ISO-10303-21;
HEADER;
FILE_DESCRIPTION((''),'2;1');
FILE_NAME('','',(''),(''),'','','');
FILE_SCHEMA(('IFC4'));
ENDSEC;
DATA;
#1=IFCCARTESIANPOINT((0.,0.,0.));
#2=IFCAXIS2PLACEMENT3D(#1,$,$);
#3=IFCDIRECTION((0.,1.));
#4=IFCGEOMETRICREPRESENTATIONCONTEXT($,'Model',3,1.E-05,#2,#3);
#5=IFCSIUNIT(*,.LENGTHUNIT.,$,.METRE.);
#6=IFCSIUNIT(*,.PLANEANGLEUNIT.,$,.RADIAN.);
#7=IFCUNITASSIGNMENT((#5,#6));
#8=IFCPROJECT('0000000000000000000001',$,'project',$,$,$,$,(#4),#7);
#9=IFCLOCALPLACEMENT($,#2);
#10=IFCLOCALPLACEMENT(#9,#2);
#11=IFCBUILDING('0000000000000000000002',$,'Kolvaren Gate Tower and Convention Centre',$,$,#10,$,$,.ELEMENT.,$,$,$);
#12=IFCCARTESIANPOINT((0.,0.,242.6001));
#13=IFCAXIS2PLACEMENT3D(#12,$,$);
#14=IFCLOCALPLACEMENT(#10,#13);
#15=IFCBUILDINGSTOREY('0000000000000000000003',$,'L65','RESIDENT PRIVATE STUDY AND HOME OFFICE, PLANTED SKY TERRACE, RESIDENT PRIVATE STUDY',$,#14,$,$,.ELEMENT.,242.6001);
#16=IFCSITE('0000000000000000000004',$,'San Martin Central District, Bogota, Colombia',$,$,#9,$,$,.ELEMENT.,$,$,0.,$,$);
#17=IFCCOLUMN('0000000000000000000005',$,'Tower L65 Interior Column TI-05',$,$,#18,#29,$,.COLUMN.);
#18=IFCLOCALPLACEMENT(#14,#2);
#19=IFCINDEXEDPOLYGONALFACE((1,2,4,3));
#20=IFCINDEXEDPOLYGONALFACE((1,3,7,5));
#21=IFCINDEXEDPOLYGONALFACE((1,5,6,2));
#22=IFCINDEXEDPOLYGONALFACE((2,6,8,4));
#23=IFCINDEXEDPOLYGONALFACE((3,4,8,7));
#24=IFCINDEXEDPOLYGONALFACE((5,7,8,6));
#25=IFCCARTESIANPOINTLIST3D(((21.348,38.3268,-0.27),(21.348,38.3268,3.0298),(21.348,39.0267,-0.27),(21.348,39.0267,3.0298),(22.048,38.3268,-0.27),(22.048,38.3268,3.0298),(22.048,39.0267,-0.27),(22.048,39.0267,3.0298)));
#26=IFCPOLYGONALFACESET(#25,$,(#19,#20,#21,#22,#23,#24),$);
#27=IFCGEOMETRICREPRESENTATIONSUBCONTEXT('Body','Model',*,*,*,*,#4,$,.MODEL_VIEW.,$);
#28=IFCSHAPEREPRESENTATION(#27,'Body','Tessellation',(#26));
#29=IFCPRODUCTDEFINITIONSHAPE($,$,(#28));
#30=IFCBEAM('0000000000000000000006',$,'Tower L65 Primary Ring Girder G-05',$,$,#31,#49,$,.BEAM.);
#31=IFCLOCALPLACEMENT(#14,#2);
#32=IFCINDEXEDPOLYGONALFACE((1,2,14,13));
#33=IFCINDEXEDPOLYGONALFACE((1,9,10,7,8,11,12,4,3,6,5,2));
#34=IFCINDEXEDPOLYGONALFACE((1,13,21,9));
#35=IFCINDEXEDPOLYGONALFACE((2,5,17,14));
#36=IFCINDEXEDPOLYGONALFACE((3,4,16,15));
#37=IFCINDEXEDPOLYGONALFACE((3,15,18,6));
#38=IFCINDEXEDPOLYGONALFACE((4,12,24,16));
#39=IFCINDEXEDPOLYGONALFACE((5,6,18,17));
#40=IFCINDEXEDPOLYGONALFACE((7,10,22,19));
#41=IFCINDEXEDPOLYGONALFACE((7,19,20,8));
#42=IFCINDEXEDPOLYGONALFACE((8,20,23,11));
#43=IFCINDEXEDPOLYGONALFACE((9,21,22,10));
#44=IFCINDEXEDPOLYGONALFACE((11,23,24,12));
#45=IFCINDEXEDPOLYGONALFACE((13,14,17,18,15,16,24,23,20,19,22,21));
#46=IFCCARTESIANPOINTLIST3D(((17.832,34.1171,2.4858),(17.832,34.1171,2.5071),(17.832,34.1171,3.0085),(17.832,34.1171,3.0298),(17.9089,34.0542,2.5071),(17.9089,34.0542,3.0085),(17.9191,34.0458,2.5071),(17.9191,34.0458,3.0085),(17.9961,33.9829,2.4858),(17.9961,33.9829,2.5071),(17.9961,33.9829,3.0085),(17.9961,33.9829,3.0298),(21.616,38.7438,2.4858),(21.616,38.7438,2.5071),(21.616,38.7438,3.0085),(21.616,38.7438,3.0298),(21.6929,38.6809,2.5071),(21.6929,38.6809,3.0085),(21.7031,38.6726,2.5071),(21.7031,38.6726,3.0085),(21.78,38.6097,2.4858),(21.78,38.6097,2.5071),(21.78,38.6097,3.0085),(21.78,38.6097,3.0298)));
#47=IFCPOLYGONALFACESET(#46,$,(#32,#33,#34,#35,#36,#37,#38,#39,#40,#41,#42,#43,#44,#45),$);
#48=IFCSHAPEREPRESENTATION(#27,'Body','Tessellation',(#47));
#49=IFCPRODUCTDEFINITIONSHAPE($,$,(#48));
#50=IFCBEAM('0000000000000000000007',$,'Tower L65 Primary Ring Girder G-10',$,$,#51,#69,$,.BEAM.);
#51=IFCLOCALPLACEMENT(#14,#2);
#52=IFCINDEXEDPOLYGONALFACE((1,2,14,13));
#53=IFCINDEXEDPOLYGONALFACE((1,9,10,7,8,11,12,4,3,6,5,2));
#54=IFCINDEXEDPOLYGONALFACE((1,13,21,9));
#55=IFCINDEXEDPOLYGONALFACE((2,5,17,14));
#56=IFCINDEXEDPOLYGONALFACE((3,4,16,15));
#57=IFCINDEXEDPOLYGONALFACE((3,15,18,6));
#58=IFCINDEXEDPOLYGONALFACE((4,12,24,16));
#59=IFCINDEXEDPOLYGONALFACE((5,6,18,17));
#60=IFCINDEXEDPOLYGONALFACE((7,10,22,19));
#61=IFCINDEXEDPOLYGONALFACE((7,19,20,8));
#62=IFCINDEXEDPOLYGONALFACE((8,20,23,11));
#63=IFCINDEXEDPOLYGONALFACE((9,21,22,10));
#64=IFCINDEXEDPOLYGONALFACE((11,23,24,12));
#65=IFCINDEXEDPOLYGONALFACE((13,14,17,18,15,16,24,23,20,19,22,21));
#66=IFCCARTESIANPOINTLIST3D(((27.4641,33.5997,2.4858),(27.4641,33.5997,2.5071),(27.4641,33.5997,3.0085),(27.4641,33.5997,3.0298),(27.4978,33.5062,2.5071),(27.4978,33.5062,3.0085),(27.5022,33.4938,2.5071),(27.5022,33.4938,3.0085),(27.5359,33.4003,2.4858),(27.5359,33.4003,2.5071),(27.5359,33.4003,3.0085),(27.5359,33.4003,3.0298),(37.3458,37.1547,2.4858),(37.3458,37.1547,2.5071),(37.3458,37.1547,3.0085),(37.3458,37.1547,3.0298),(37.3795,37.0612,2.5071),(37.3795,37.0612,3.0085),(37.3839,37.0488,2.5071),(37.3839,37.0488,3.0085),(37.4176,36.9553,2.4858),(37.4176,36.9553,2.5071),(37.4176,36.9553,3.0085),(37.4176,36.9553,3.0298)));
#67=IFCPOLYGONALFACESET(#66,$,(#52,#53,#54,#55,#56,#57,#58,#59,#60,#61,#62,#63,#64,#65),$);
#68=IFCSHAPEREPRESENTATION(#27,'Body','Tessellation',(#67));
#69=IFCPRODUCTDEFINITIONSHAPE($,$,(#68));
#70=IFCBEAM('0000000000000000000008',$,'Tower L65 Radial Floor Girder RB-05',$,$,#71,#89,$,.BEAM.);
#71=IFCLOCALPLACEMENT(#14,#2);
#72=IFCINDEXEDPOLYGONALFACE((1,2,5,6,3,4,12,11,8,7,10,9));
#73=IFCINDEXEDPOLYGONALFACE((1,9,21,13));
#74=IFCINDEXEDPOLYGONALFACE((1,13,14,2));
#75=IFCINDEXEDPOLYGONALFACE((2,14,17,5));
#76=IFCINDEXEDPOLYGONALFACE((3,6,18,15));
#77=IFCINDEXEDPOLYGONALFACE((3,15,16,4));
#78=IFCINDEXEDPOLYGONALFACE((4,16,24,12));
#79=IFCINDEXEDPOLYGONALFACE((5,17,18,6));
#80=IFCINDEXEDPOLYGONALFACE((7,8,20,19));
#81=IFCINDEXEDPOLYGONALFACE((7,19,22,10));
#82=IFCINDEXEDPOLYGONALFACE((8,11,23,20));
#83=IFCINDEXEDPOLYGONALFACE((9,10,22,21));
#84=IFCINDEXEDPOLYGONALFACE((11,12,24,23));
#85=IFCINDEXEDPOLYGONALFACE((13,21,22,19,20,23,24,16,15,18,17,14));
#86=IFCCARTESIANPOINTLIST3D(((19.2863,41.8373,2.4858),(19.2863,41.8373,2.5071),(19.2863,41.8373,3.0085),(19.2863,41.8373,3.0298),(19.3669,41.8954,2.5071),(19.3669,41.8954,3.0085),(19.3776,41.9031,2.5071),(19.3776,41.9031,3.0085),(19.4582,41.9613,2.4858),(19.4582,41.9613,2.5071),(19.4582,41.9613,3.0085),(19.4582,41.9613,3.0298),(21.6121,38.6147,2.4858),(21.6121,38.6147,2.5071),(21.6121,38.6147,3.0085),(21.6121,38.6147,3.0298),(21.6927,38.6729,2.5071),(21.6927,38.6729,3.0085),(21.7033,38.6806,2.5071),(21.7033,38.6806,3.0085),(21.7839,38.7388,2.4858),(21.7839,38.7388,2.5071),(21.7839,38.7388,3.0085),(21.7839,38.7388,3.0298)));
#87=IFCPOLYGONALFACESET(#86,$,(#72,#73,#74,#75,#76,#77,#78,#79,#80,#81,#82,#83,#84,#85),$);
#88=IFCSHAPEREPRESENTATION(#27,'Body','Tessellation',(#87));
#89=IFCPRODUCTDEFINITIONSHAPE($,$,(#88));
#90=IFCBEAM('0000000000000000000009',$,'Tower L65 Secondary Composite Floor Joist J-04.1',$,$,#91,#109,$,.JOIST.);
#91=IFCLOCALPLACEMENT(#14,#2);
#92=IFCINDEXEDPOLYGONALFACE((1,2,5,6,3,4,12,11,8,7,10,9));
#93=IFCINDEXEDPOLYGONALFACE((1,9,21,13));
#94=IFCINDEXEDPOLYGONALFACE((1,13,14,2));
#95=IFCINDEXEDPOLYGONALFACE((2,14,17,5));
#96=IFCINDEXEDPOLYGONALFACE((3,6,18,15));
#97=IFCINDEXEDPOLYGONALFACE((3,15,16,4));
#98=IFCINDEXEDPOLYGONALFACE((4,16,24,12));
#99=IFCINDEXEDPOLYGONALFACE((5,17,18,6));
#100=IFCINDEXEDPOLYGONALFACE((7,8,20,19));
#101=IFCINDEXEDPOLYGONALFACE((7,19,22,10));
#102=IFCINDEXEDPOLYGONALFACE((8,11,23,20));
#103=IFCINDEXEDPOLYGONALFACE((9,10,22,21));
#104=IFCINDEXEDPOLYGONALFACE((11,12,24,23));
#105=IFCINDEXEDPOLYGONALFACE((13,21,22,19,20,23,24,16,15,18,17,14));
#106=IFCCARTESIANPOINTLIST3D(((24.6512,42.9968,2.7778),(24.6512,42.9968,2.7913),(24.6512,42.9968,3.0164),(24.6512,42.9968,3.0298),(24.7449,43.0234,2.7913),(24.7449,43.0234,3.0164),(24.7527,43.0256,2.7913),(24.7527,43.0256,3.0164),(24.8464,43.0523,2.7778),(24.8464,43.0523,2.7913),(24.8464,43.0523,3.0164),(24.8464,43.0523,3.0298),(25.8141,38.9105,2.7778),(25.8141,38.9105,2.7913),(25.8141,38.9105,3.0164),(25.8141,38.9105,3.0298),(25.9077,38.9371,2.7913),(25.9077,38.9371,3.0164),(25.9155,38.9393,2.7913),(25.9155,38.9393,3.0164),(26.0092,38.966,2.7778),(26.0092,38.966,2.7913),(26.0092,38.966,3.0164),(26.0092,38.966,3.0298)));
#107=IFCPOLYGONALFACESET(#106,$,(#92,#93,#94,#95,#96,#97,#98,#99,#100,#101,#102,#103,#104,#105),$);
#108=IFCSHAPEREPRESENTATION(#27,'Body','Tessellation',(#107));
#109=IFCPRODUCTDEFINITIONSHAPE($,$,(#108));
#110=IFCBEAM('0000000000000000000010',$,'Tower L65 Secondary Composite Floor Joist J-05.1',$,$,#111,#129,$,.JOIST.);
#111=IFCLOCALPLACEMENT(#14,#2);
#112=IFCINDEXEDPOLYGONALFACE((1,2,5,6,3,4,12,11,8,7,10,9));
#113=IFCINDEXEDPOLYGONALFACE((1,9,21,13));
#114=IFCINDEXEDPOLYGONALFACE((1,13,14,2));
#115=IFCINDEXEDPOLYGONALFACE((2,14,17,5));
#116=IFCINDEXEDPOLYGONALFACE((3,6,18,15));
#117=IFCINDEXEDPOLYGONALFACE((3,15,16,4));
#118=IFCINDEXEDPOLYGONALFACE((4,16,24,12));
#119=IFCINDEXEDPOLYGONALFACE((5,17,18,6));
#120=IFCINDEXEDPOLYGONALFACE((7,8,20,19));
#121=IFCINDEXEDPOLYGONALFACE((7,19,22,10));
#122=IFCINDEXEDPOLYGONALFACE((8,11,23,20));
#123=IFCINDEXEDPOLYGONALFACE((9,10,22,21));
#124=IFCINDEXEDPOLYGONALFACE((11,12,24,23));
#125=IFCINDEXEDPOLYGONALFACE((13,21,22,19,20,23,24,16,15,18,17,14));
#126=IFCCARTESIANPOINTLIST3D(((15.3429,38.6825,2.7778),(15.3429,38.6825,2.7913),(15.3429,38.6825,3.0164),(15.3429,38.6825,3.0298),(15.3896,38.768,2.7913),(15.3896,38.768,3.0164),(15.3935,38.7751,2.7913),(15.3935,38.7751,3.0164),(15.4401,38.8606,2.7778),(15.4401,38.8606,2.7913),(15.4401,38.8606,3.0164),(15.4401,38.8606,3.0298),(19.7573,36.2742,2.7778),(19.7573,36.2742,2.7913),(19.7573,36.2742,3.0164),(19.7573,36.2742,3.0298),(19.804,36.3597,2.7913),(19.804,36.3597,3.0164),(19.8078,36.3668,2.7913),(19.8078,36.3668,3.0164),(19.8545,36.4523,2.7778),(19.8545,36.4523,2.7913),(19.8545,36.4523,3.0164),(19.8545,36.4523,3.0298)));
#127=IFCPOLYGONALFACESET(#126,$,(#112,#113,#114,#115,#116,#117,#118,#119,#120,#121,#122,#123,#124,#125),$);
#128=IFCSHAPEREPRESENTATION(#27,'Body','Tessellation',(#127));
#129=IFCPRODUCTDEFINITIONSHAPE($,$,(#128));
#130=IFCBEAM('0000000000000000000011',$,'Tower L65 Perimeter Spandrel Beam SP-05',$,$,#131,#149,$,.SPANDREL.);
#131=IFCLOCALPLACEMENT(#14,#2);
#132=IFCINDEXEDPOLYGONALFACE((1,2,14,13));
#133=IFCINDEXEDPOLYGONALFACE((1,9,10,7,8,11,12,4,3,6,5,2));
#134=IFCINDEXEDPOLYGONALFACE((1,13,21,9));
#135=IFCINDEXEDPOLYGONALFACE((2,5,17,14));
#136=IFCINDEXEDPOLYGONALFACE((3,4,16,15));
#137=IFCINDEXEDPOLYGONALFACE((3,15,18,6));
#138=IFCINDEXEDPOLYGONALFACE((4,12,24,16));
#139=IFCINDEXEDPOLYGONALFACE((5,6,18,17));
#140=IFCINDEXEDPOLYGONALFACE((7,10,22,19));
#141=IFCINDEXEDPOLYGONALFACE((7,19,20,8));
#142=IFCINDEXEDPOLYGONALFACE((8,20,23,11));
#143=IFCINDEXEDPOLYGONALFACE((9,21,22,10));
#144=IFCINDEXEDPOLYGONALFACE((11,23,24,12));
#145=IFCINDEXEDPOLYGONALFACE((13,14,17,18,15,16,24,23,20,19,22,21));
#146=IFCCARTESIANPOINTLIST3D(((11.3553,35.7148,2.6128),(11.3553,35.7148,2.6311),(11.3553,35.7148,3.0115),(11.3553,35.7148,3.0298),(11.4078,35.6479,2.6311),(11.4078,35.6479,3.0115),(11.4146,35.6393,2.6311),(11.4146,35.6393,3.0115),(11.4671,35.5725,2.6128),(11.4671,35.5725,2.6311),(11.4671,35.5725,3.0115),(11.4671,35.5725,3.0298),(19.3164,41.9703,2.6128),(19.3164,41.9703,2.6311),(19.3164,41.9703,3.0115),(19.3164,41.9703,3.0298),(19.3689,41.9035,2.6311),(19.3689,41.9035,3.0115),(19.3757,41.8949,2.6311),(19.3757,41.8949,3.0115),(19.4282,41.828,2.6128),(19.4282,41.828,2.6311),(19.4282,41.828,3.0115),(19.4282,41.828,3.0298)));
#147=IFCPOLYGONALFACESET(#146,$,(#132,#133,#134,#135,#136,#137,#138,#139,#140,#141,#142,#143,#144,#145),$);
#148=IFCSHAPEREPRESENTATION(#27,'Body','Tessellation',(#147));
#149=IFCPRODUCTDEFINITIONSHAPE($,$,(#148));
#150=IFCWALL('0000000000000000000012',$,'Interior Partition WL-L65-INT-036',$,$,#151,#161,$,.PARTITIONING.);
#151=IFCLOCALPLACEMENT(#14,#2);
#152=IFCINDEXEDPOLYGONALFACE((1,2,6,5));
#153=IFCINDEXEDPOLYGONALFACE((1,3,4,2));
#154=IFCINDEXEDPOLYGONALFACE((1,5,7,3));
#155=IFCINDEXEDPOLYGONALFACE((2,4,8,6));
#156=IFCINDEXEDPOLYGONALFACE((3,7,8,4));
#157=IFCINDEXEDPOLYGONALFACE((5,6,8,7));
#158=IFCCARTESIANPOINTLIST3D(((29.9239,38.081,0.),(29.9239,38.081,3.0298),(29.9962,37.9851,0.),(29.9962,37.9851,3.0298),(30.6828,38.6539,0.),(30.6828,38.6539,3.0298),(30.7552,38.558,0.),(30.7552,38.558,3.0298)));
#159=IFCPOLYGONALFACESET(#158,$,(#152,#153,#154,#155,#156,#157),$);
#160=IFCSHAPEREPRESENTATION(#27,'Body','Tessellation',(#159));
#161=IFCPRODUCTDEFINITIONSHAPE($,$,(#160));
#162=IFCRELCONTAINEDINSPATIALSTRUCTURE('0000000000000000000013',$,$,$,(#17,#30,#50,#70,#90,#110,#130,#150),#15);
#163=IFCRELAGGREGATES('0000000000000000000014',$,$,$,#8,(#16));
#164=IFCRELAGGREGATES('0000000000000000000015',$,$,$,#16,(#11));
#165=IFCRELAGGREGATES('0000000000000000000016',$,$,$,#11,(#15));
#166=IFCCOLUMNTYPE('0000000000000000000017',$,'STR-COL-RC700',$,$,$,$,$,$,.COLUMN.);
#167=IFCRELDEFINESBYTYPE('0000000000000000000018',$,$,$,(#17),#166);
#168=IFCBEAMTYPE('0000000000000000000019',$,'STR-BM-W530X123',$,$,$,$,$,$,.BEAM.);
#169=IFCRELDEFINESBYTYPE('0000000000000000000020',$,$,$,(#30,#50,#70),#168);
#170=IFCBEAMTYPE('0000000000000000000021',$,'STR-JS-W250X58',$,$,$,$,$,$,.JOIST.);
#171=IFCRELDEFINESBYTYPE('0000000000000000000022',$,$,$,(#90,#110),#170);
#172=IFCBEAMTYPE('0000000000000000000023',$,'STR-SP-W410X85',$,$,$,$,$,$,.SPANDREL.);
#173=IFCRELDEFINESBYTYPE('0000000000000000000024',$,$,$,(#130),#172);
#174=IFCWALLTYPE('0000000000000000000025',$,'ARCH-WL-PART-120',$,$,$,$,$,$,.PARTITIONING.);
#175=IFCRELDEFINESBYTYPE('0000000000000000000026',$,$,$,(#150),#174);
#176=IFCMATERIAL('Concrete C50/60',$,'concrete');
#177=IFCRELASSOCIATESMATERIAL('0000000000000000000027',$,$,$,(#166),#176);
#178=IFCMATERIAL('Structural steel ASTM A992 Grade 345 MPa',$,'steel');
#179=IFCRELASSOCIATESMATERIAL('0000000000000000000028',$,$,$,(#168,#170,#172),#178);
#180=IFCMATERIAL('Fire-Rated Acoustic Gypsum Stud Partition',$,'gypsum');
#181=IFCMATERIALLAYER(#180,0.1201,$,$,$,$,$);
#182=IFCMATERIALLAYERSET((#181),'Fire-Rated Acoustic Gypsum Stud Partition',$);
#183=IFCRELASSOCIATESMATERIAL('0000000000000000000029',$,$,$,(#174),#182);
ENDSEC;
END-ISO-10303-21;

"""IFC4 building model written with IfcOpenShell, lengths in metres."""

from ifc_helpers import new_model, si_unit, direction, frame, frame_2d, origin, origin_2d, place, context, subcontext, project, spatial, rectangle, i_section, extrude, material, layer, layer_set, material_profile, profile_set, type_object, element, save


model = new_model("IFC4")

# Units and contexts
model_context = context("Model", 3, precision=1e-05, world=origin(), true_north=direction((0.0, 1.0)))
body_context = subcontext(model_context, "Body", "Model", "MODEL_VIEW")
ifc_project = project(units=[si_unit("LENGTHUNIT", "METRE"), si_unit("PLANEANGLEUNIT", "RADIAN")], contexts=[model_context])

# Site, building, storey
site_placement = place(None, origin())
site = spatial("IfcSite", under=ifc_project, at=site_placement, Name="San Martin Central District, Bogota, Colombia", CompositionType="ELEMENT", RefElevation=0.0)
building_placement = place(site_placement, origin())
building = spatial("IfcBuilding", under=site, at=building_placement, Name="Kolvaren Gate Tower and Convention Centre", CompositionType="ELEMENT")
storey_placement = place(building_placement, frame((0.0, 0.0, 242.6001)))
storey = spatial("IfcBuildingStorey", under=building, at=storey_placement, Name="L65", Description="RESIDENT PRIVATE STUDY AND HOME OFFICE, PLANTED SKY TERRACE, RESIDENT PRIVATE STUDY", CompositionType="ELEMENT", Elevation=242.6001)

# Column
ifc_material_1 = material(Name="Concrete C50/60", Category="concrete")
ifc_material_profile_1 = material_profile(ifc_material_1, rectangle(XDim=0.7, YDim=0.7, at=origin_2d()), Name="RC-COL-700X700")
ifc_profile_set_1 = profile_set([ifc_material_profile_1], Name="Concrete C50/60")
column_type = type_object("IfcColumnType", Name="STR-COL-RC700", PredefinedType="COLUMN", material=ifc_profile_set_1)
column_placement = place(storey_placement, frame((21.698, 38.6768, -0.27), z_axis=(0.0, 0.0, 1.0), x_axis=(1.0, 0.0, 0.0)))
element("IfcColumn", 1, at=column_placement, inside=storey, type_object=column_type, Name="Tower L65 Interior Column TI-05", PredefinedType="COLUMN", context=body_context, shape_type="SweptSolid", body=[
    extrude(rectangle(XDim=0.7, YDim=0.7, at=origin_2d()), origin(), (0.0, 0.0, 1.0), 3.2998),
])

# Beams
ifc_material_2 = material(Name="Structural steel ASTM A992 Grade 345 MPa", Category="steel")
ifc_material_profile_2 = material_profile(ifc_material_2, i_section(OverallWidth=0.2119, OverallDepth=0.5439, WebThickness=0.0132, FlangeThickness=0.0212, at=origin_2d()), Name="W530X123")
ifc_profile_set_2 = profile_set([ifc_material_profile_2], Name="Structural steel ASTM A992 Grade 345 MPa")
beam_type_1 = type_object("IfcBeamType", Name="STR-BM-W530X123", PredefinedType="BEAM", material=ifc_profile_set_2)
beam_1_placement = place(storey_placement, frame((21.698, 38.6768, 2.7578), z_axis=(-0.633082, -0.774085, 0.0), x_axis=(0.774085, -0.633082, 0.0)))
element("IfcBeam", 2, at=beam_1_placement, inside=storey, type_object=beam_type_1, Name="Tower L65 Primary Ring Girder G-05", PredefinedType="BEAM", context=body_context, shape_type="SweptSolid", body=[
    extrude(i_section(OverallWidth=0.2119, OverallDepth=0.5439, WebThickness=0.0132, FlangeThickness=0.0212, at=origin_2d()), origin(), (0.0, 0.0, 1.0), 5.9771),
])
beam_2_placement = place(storey_placement, frame((27.5, 33.5, 2.7578), z_axis=(0.940961, 0.338514, 0.0), x_axis=(-0.338514, 0.940961, 0.0)))
element("IfcBeam", 3, at=beam_2_placement, inside=storey, type_object=beam_type_1, Name="Tower L65 Primary Ring Girder G-10", PredefinedType="BEAM", context=body_context, shape_type="SweptSolid", body=[
    extrude(i_section(OverallWidth=0.2119, OverallDepth=0.5439, WebThickness=0.0132, FlangeThickness=0.0212, at=origin_2d()), origin(), (0.0, 0.0, 1.0), 10.5017),
])
beam_3_placement = place(storey_placement, frame((21.698, 38.6768, 2.7578), z_axis=(-0.585224, 0.810872, 0.0), x_axis=(-0.810872, -0.585224, 0.0)))
element("IfcBeam", 4, at=beam_3_placement, inside=storey, type_object=beam_type_1, Name="Tower L65 Radial Floor Girder RB-05", PredefinedType="BEAM", context=body_context, shape_type="SweptSolid", body=[
    extrude(i_section(OverallWidth=0.2119, OverallDepth=0.5439, WebThickness=0.0132, FlangeThickness=0.0212, at=origin_2d()), origin(), (0.0, 0.0, 1.0), 3.9741),
])
ifc_material_profile_3 = material_profile(ifc_material_2, i_section(OverallWidth=0.2029, OverallDepth=0.252, WebThickness=0.0081, FlangeThickness=0.0134, at=origin_2d()), Name="W250X58")
ifc_profile_set_3 = profile_set([ifc_material_profile_3], Name="Structural steel ASTM A992 Grade 345 MPa")
beam_type_2 = type_object("IfcBeamType", Name="STR-JS-W250X58", PredefinedType="JOIST", material=ifc_profile_set_3)
beam_4_placement = place(storey_placement, frame((25.9116, 38.9382, 2.9038), z_axis=(-0.273696, 0.961816, 0.0), x_axis=(-0.961816, -0.273696, 0.0)))
element("IfcBeam", 5, at=beam_4_placement, inside=storey, type_object=beam_type_2, Name="Tower L65 Secondary Composite Floor Joist J-04.1", PredefinedType="JOIST", context=body_context, shape_type="SweptSolid", body=[
    extrude(i_section(OverallWidth=0.2029, OverallDepth=0.252, WebThickness=0.0081, FlangeThickness=0.0134, at=origin_2d()), origin(), (0.0, 0.0, 1.0), 4.2485),
])
beam_5_placement = place(storey_placement, frame((19.8059, 36.3633, 2.9038), z_axis=(-0.877862, 0.478913, 0.0), x_axis=(-0.478913, -0.877862, 0.0)))
element("IfcBeam", 6, at=beam_5_placement, inside=storey, type_object=beam_type_2, Name="Tower L65 Secondary Composite Floor Joist J-05.1", PredefinedType="JOIST", context=body_context, shape_type="SweptSolid", body=[
    extrude(i_section(OverallWidth=0.2029, OverallDepth=0.252, WebThickness=0.0081, FlangeThickness=0.0134, at=origin_2d()), origin(), (0.0, 0.0, 1.0), 5.0286),
])
ifc_material_profile_4 = material_profile(ifc_material_2, i_section(OverallWidth=0.1809, OverallDepth=0.417, WebThickness=0.011, FlangeThickness=0.0183, at=origin_2d()), Name="W410X85")
ifc_profile_set_4 = profile_set([ifc_material_profile_4], Name="Structural steel ASTM A992 Grade 345 MPa")
beam_type_3 = type_object("IfcBeamType", Name="STR-SP-W410X85", PredefinedType="SPANDREL", material=ifc_profile_set_4)
beam_6_placement = place(storey_placement, frame((19.3723, 41.8992, 2.8213), z_axis=(-0.786299, -0.617846, 0.0), x_axis=(0.617846, -0.786299, 0.0)))
element("IfcBeam", 7, at=beam_6_placement, inside=storey, type_object=beam_type_3, Name="Tower L65 Perimeter Spandrel Beam SP-05", PredefinedType="SPANDREL", context=body_context, shape_type="SweptSolid", body=[
    extrude(i_section(OverallWidth=0.1809, OverallDepth=0.417, WebThickness=0.011, FlangeThickness=0.0183, at=origin_2d()), origin(), (0.0, 0.0, 1.0), 10.1248),
])

# Wall
ifc_material_3 = material(Name="Fire-Rated Acoustic Gypsum Stud Partition", Category="gypsum")
ifc_layer_1 = layer(ifc_material_3, 0.1201)
ifc_layer_set_1 = layer_set([ifc_layer_1], Name="Fire-Rated Acoustic Gypsum Stud Partition")
wall_type_1 = type_object("IfcWallType", Name="ARCH-WL-PART-120", PredefinedType="PARTITIONING", material=ifc_layer_set_1)
wall_1_placement = place(storey_placement, frame((29.96, 38.033, 0.0), z_axis=(0.0, 0.0, 1.0), x_axis=(0.798117, 0.602503, 0.0)))
element("IfcWall", 8, at=wall_1_placement, inside=storey, type_object=wall_type_1, Name="Interior Partition WL-L65-INT-036", PredefinedType="PARTITIONING", context=body_context, shape_type="SweptSolid", body=[
    extrude(rectangle(XDim=0.9509, YDim=0.1201, at=frame_2d((0.4756, 0.0))), origin(), (0.0, 0.0, 1.0), 3.0298),
])

save(model, "model.ifc")
